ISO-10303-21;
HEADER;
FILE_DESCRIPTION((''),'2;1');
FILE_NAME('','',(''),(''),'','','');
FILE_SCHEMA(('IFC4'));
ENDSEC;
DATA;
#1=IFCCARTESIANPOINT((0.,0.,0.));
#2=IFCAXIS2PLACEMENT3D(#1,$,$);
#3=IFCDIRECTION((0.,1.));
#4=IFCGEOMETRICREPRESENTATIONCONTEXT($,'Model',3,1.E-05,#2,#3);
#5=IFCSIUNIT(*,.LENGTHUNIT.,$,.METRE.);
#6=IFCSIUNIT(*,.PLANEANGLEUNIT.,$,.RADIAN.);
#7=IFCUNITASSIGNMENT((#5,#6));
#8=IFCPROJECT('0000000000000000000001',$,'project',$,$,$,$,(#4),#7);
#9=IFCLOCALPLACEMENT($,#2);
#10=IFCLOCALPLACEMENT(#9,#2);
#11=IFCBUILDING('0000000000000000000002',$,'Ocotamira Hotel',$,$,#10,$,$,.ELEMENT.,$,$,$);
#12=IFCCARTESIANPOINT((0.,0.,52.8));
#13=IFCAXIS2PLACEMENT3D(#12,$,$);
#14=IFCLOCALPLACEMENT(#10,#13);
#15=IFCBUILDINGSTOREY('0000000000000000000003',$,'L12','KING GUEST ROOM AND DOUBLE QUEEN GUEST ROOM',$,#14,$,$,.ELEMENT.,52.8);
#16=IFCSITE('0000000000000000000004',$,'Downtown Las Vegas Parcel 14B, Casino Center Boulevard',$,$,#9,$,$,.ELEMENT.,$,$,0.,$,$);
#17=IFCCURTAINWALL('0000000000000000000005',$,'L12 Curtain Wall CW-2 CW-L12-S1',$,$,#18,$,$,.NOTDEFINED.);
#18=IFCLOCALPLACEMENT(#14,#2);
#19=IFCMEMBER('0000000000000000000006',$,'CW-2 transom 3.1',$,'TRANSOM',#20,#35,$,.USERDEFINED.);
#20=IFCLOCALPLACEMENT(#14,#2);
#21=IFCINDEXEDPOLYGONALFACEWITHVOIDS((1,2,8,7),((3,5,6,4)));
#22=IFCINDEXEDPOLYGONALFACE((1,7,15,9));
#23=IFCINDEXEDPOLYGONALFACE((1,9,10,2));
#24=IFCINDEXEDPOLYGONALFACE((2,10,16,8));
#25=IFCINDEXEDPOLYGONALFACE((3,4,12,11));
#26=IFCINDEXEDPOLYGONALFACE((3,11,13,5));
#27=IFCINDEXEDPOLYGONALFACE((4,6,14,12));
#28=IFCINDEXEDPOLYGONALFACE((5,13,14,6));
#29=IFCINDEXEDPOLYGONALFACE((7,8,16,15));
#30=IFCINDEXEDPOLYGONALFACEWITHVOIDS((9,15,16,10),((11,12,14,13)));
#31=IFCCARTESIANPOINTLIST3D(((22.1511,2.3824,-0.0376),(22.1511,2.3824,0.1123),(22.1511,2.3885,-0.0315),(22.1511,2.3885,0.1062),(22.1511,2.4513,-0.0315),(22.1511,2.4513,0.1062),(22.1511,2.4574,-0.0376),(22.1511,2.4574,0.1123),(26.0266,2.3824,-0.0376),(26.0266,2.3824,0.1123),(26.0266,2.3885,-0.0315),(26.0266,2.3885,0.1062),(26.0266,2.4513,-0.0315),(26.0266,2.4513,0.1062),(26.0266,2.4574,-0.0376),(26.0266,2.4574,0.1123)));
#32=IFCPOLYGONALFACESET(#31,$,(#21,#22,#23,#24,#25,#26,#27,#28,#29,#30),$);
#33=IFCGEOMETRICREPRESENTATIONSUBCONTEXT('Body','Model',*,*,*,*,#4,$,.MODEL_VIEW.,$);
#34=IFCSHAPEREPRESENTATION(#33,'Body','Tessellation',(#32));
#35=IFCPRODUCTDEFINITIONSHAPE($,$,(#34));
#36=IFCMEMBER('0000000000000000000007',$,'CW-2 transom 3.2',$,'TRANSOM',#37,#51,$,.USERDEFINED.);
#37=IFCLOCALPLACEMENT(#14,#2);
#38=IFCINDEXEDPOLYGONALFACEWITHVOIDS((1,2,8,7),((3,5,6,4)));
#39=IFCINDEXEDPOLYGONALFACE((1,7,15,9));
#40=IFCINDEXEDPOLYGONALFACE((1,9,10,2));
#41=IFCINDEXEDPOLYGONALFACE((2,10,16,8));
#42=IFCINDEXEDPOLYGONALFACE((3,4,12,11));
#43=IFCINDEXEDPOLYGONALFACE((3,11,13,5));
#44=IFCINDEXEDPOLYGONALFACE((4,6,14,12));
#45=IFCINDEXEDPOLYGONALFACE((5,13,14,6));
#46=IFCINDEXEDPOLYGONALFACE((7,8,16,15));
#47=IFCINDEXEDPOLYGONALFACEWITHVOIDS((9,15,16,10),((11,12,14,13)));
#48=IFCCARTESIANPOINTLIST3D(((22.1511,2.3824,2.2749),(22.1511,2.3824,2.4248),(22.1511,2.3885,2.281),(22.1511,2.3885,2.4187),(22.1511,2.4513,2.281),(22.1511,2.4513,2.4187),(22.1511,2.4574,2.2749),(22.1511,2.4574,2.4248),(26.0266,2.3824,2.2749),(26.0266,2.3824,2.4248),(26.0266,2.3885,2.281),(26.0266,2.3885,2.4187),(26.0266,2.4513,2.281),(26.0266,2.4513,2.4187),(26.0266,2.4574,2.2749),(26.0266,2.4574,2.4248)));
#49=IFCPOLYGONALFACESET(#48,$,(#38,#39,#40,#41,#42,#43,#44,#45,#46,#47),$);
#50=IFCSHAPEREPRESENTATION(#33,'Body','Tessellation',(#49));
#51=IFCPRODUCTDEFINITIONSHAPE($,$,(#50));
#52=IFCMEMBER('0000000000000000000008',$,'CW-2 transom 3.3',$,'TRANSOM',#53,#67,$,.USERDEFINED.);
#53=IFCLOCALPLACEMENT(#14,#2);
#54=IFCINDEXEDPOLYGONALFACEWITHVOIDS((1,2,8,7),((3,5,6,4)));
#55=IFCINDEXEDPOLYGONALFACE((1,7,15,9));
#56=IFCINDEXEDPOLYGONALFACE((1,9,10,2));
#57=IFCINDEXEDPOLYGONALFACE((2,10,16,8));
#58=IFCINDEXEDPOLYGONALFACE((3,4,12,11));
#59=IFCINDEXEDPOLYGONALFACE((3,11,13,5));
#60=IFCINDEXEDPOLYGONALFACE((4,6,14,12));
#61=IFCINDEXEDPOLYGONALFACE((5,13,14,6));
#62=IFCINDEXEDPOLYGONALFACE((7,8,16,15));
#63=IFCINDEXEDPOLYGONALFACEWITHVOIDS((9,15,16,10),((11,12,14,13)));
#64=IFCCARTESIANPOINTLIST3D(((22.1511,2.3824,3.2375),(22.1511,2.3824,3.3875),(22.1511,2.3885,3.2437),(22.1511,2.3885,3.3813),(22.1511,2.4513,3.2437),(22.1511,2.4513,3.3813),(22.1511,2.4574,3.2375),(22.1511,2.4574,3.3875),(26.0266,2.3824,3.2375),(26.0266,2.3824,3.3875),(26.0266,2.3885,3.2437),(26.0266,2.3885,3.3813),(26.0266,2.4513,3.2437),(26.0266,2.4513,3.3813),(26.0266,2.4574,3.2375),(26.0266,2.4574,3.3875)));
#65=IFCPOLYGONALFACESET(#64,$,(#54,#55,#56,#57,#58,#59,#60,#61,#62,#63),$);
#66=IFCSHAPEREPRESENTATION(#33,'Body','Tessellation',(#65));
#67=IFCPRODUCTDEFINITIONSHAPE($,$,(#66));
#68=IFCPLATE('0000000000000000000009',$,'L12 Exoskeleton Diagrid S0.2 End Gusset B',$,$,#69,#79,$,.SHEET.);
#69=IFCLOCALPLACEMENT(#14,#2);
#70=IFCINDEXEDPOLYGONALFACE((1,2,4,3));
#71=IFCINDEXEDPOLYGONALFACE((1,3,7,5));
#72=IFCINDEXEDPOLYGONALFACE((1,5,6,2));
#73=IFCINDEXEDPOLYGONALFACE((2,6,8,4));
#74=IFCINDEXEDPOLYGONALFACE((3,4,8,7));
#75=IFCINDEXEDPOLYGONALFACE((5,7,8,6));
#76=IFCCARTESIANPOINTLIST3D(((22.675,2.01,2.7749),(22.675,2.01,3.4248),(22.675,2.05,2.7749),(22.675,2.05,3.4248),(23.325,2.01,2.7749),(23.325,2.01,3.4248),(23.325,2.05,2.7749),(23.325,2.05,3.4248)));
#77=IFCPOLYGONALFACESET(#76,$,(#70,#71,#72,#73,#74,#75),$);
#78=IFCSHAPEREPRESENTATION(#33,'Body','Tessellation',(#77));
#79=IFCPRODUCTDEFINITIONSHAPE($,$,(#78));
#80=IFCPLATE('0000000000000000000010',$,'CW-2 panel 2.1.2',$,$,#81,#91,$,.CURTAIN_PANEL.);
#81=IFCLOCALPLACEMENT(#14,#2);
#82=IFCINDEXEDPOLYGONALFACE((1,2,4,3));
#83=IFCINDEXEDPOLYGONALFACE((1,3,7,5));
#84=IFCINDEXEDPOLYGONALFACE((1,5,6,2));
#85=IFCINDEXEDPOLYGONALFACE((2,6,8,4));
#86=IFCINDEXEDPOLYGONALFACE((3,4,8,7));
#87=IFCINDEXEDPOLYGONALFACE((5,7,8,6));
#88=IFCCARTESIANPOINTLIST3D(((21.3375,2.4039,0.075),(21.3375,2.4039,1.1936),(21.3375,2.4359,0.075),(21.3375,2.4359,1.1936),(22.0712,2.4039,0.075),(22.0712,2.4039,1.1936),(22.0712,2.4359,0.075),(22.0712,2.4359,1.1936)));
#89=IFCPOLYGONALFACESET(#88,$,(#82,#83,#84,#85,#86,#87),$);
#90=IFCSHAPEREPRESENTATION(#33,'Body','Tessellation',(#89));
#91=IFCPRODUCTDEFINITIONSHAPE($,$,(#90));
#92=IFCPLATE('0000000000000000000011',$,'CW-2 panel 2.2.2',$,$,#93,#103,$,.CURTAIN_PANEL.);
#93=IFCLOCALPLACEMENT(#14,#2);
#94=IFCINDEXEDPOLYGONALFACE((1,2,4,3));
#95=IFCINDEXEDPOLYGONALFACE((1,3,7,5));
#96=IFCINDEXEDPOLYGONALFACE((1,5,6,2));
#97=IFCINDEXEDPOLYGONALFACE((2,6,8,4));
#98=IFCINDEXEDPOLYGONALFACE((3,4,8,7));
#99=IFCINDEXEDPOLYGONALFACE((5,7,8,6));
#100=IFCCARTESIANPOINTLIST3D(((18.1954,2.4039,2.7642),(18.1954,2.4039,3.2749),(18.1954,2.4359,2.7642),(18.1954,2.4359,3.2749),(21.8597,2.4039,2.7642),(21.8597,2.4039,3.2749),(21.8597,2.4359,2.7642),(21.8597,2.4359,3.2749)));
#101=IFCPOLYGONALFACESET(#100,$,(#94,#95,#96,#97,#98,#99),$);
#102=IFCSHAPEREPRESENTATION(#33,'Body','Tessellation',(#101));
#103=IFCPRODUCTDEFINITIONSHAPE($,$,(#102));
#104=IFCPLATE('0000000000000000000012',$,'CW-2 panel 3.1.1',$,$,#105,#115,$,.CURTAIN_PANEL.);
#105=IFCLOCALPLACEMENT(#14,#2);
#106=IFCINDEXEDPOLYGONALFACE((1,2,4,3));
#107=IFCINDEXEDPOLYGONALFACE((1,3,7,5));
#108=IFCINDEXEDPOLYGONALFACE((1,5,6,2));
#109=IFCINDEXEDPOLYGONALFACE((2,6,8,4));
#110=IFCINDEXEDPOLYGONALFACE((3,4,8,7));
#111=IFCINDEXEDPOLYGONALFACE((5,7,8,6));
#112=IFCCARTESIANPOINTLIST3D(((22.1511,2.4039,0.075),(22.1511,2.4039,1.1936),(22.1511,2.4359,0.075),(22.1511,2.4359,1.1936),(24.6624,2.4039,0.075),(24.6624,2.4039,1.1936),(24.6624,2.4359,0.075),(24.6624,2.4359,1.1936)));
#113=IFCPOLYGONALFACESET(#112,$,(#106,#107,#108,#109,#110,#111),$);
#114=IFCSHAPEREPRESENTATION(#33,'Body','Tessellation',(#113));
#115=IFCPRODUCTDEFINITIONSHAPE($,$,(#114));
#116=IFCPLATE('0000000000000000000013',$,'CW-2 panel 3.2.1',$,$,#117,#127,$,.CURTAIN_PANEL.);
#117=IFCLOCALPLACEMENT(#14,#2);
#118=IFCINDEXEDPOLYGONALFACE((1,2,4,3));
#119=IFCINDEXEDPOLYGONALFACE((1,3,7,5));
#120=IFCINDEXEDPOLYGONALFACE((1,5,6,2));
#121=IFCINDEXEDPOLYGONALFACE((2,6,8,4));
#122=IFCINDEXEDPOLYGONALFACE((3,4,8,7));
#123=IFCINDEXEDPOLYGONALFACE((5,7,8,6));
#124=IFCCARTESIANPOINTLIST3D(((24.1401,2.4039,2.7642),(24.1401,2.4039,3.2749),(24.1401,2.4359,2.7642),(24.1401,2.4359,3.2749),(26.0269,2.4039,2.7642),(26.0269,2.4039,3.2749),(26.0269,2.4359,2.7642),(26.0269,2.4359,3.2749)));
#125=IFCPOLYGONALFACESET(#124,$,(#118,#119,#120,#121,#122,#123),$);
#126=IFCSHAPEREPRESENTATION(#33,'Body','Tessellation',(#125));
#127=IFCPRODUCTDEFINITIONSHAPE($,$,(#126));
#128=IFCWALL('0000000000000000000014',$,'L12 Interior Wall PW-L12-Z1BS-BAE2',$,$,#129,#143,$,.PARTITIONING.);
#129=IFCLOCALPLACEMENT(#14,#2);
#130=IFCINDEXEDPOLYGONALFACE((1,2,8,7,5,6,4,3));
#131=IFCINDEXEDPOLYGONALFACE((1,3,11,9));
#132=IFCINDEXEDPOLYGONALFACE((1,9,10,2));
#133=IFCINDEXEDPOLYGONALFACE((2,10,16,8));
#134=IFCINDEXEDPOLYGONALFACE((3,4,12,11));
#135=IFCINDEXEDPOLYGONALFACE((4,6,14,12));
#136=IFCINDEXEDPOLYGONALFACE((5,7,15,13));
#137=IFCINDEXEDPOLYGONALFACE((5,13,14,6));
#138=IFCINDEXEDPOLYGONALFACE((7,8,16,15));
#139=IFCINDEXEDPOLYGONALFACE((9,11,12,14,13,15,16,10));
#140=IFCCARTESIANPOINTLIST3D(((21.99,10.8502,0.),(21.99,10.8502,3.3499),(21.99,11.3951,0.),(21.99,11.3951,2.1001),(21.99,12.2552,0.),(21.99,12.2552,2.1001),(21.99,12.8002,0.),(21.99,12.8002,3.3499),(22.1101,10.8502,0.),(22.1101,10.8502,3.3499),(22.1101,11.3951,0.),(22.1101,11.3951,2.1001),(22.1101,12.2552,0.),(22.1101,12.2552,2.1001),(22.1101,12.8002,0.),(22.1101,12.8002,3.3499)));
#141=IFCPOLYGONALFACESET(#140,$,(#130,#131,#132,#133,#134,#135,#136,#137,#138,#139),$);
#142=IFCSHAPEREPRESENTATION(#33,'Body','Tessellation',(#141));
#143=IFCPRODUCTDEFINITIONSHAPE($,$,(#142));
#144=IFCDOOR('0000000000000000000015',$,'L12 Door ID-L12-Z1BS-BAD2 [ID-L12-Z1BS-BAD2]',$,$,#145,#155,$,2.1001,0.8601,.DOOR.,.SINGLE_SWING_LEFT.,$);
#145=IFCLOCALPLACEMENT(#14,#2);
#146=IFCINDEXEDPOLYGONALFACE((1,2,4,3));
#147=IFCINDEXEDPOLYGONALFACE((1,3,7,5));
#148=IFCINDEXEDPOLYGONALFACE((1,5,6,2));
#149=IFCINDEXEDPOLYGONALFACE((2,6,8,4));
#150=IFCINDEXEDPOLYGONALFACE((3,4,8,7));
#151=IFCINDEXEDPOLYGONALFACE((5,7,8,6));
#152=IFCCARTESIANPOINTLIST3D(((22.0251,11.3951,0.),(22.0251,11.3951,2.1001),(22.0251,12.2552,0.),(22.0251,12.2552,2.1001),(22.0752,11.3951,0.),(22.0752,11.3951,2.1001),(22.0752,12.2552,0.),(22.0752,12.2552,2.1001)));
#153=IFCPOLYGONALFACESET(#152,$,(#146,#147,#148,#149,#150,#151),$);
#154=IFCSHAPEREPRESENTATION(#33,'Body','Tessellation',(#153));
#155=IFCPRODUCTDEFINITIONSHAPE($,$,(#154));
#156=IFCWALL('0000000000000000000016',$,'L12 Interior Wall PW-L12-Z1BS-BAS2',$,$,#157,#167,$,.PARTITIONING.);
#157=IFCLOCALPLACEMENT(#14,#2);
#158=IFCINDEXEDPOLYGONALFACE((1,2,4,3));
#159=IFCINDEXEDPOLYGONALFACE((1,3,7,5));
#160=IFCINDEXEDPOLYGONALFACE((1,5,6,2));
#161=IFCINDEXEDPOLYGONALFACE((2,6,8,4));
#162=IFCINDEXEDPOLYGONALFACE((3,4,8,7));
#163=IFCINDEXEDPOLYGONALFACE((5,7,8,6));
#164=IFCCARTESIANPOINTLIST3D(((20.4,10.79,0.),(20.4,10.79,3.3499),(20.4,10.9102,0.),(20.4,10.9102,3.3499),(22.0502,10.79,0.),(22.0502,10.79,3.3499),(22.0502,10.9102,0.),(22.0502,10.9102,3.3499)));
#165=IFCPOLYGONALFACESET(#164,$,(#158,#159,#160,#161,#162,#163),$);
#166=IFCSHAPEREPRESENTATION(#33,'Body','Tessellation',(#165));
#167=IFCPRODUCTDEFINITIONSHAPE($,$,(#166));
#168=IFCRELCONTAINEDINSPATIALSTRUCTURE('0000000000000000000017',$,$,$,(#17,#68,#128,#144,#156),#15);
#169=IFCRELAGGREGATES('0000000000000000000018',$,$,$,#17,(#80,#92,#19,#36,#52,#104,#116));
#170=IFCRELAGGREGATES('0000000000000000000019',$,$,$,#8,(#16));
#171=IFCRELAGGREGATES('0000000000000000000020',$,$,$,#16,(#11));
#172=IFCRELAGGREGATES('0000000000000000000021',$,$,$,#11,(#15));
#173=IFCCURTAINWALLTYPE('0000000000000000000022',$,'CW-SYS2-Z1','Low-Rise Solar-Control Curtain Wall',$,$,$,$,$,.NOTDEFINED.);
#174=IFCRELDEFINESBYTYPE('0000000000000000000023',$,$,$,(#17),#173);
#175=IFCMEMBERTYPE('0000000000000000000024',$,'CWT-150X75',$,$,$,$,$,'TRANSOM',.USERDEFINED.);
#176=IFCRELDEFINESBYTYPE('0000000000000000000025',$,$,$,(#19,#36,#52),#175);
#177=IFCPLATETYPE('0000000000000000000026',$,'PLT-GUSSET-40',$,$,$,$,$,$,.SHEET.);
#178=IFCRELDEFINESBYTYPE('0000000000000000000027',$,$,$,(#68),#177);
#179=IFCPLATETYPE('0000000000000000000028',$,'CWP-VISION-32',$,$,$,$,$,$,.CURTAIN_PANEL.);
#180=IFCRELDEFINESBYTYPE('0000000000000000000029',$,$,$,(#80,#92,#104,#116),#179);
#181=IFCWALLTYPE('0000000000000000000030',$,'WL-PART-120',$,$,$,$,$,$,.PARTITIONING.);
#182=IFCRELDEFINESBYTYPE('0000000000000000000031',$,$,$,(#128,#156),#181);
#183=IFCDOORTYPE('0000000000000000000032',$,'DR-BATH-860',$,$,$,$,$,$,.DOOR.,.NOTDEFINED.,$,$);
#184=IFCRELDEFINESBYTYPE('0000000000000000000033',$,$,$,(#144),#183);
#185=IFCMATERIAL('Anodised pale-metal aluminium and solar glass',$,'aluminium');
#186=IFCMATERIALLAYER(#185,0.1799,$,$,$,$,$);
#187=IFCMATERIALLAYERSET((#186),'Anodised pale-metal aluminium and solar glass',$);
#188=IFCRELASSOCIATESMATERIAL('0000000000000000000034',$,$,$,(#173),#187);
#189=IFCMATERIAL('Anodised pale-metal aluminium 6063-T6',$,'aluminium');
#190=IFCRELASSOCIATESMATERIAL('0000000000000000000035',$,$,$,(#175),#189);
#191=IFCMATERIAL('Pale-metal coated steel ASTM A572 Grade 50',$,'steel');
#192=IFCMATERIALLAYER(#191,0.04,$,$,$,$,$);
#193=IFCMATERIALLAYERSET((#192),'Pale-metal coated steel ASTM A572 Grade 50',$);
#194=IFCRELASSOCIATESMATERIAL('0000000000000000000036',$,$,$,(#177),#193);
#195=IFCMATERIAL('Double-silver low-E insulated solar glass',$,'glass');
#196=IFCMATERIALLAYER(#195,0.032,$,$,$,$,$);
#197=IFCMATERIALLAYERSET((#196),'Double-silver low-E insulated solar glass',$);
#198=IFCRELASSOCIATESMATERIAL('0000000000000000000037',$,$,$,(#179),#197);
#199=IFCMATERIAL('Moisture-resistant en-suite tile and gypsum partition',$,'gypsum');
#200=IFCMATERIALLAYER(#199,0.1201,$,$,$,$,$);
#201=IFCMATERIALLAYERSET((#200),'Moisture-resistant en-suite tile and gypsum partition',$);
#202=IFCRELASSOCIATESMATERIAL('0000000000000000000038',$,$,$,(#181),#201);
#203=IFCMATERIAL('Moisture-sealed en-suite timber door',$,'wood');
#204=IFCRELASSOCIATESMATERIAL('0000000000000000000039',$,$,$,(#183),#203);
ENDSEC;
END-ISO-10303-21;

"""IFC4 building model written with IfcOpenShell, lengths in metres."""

from ifc_helpers import new_model, si_unit, direction, frame, frame_2d, origin, origin_2d, place, context, subcontext, project, spatial, rectangle, hollow_rectangle, extrude, source, transform, mapped, material, layer, layer_set, material_profile, profile_set, type_object, element, fill, aggregate, save


model = new_model("IFC4")

# Units and contexts
model_context = context("Model", 3, precision=1e-05, world=origin(), true_north=direction((0.0, 1.0)))
body_context = subcontext(model_context, "Body", "Model", "MODEL_VIEW")
ifc_project = project(units=[si_unit("LENGTHUNIT", "METRE"), si_unit("PLANEANGLEUNIT", "RADIAN")], contexts=[model_context])

# Site, building, storey
site_placement = place(None, origin())
site = spatial("IfcSite", under=ifc_project, at=site_placement, Name="Downtown Las Vegas Parcel 14B, Casino Center Boulevard", CompositionType="ELEMENT", RefElevation=0.0)
building_placement = place(site_placement, origin())
building = spatial("IfcBuilding", under=site, at=building_placement, Name="Ocotamira Hotel", CompositionType="ELEMENT")
storey_placement = place(building_placement, frame((0.0, 0.0, 52.8)))
storey = spatial("IfcBuildingStorey", under=building, at=storey_placement, Name="L12", Description="KING GUEST ROOM AND DOUBLE QUEEN GUEST ROOM", CompositionType="ELEMENT", Elevation=52.8)

# Curtain wall, members
ifc_material_1 = material(Name="Anodised pale-metal aluminium and solar glass", Category="aluminium")
ifc_layer_1 = layer(ifc_material_1, 0.1799)
ifc_layer_set_1 = layer_set([ifc_layer_1], Name="Anodised pale-metal aluminium and solar glass")
curtain_wall_type = type_object("IfcCurtainWallType", Name="CW-SYS2-Z1", Description="Low-Rise Solar-Control Curtain Wall", PredefinedType="NOTDEFINED", material=ifc_layer_set_1)
curtain_wall_placement = place(storey_placement, origin())
curtain_wall = element("IfcCurtainWall", 1, at=curtain_wall_placement, inside=storey, type_object=curtain_wall_type, Name="L12 Curtain Wall CW-2 CW-L12-S1", PredefinedType="NOTDEFINED")
ifc_material_2 = material(Name="Anodised pale-metal aluminium 6063-T6", Category="aluminium")
ifc_material_profile_1 = material_profile(ifc_material_2, hollow_rectangle(XDim=0.075, YDim=0.1499, WallThickness=0.0061, at=origin_2d()), Name="HSS150X75X6")
ifc_profile_set_1 = profile_set([ifc_material_profile_1], Name="Anodised pale-metal aluminium 6063-T6")
member_type_1 = type_object("IfcMemberType", Name="CWT-150X75", ElementType="TRANSOM", PredefinedType="USERDEFINED", material=ifc_profile_set_1)
shared_shape_1 = source(origin(), body_context, "Body", "SweptSolid", [
    extrude(hollow_rectangle(XDim=0.075, YDim=0.1499, WallThickness=0.0061, at=origin_2d()), origin(), (0.0, 0.0, 1.0), 3.8755),
])
member_1_placement = place(storey_placement, frame((22.1511, 2.4199, 0.0374), z_axis=(1.0, 0.0, 0.0), x_axis=(0.0, 1.0, 0.0)))
member_1 = element("IfcMember", 2, at=member_1_placement, type_object=member_type_1, Name="CW-2 transom 3.1", ObjectType="TRANSOM", PredefinedType="USERDEFINED", context=body_context, shape_type="MappedRepresentation", body=[
    mapped(shared_shape_1, transform((0.0, 0.0, 0.0), scale=1.0)),
])
member_2_placement = place(storey_placement, frame((22.1511, 2.4199, 2.3499), z_axis=(1.0, 0.0, 0.0), x_axis=(0.0, 1.0, 0.0)))
member_2 = element("IfcMember", 3, at=member_2_placement, type_object=member_type_1, Name="CW-2 transom 3.2", ObjectType="TRANSOM", PredefinedType="USERDEFINED", context=body_context, shape_type="MappedRepresentation", body=[
    mapped(shared_shape_1, transform((0.0, 0.0, 0.0), scale=1.0)),
])
member_3_placement = place(storey_placement, frame((22.1511, 2.4199, 3.3125), z_axis=(1.0, 0.0, 0.0), x_axis=(0.0, 1.0, 0.0)))
member_3 = element("IfcMember", 4, at=member_3_placement, type_object=member_type_1, Name="CW-2 transom 3.3", ObjectType="TRANSOM", PredefinedType="USERDEFINED", context=body_context, shape_type="MappedRepresentation", body=[
    mapped(shared_shape_1, transform((0.0, 0.0, 0.0), scale=1.0)),
])

# Plates
ifc_material_3 = material(Name="Pale-metal coated steel ASTM A572 Grade 50", Category="steel")
ifc_layer_2 = layer(ifc_material_3, 0.04)
ifc_layer_set_2 = layer_set([ifc_layer_2], Name="Pale-metal coated steel ASTM A572 Grade 50")
plate_type_1 = type_object("IfcPlateType", Name="PLT-GUSSET-40", PredefinedType="SHEET", material=ifc_layer_set_2)
shared_shape_2 = source(origin(), body_context, "Body", "SweptSolid", [
    extrude(rectangle(XDim=0.6499, YDim=0.04, at=origin_2d()), origin(), (0.0, 0.0, 1.0), 0.6499),
])
plate_1_placement = place(storey_placement, frame((23.0, 2.03, 2.7749), z_axis=(0.0, 0.0, 1.0), x_axis=(1.0, 0.0, 0.0)))
element("IfcPlate", 5, at=plate_1_placement, inside=storey, type_object=plate_type_1, Name="L12 Exoskeleton Diagrid S0.2 End Gusset B", PredefinedType="SHEET", context=body_context, shape_type="MappedRepresentation", body=[
    mapped(shared_shape_2, transform((0.0, 0.0, 0.0), scale=1.0)),
])
ifc_material_4 = material(Name="Double-silver low-E insulated solar glass", Category="glass")
ifc_layer_3 = layer(ifc_material_4, 0.032)
ifc_layer_set_3 = layer_set([ifc_layer_3], Name="Double-silver low-E insulated solar glass")
plate_type_2 = type_object("IfcPlateType", Name="CWP-VISION-32", PredefinedType="CURTAIN_PANEL", material=ifc_layer_set_3)
shared_shape_3 = source(origin(), body_context, "Body", "SweptSolid", [
    extrude(rectangle(XDim=0.7336, YDim=0.032, at=origin_2d()), origin(), (0.0, 0.0, 1.0), 1.1187),
])
plate_2_placement = place(storey_placement, frame((21.7043, 2.4199, 0.075), z_axis=(0.0, 0.0, 1.0), x_axis=(1.0, 0.0, 0.0)))
plate_2 = element("IfcPlate", 6, at=plate_2_placement, type_object=plate_type_2, Name="CW-2 panel 2.1.2", PredefinedType="CURTAIN_PANEL", context=body_context, shape_type="MappedRepresentation", body=[
    mapped(shared_shape_3, transform((0.0, 0.0, 0.0), scale=1.0)),
])
shared_shape_4 = source(origin(), body_context, "Body", "SweptSolid", [
    extrude(rectangle(XDim=3.6643, YDim=0.032, at=origin_2d()), origin(), (0.0, 0.0, 1.0), 0.5107),
])
plate_3_placement = place(storey_placement, frame((20.0276, 2.4199, 2.7642), z_axis=(0.0, 0.0, 1.0), x_axis=(1.0, 0.0, 0.0)))
plate_3 = element("IfcPlate", 7, at=plate_3_placement, type_object=plate_type_2, Name="CW-2 panel 2.2.2", PredefinedType="CURTAIN_PANEL", context=body_context, shape_type="MappedRepresentation", body=[
    mapped(shared_shape_4, transform((0.0, 0.0, 0.0), scale=1.0)),
])
shared_shape_5 = source(origin(), body_context, "Body", "SweptSolid", [
    extrude(rectangle(XDim=2.5112, YDim=0.032, at=origin_2d()), origin(), (0.0, 0.0, 1.0), 1.1187),
])
plate_4_placement = place(storey_placement, frame((23.4067, 2.4199, 0.075), z_axis=(0.0, 0.0, 1.0), x_axis=(1.0, 0.0, 0.0)))
plate_4 = element("IfcPlate", 8, at=plate_4_placement, type_object=plate_type_2, Name="CW-2 panel 3.1.1", PredefinedType="CURTAIN_PANEL", context=body_context, shape_type="MappedRepresentation", body=[
    mapped(shared_shape_5, transform((0.0, 0.0, 0.0), scale=1.0)),
])
shared_shape_6 = source(origin(), body_context, "Body", "SweptSolid", [
    extrude(rectangle(XDim=1.8867, YDim=0.032, at=origin_2d()), origin(), (0.0, 0.0, 1.0), 0.5107),
])
plate_5_placement = place(storey_placement, frame((25.0835, 2.4199, 2.7642), z_axis=(0.0, 0.0, 1.0), x_axis=(1.0, 0.0, 0.0)))
plate_5 = element("IfcPlate", 9, at=plate_5_placement, type_object=plate_type_2, Name="CW-2 panel 3.2.1", PredefinedType="CURTAIN_PANEL", context=body_context, shape_type="MappedRepresentation", body=[
    mapped(shared_shape_6, transform((0.0, 0.0, 0.0), scale=1.0)),
])
aggregate(curtain_wall, [plate_2, plate_3, member_1, member_2, member_3, plate_4, plate_5])

# Wall, opening, door
ifc_material_5 = material(Name="Moisture-resistant en-suite tile and gypsum partition", Category="gypsum")
ifc_layer_4 = layer(ifc_material_5, 0.1201)
ifc_layer_set_4 = layer_set([ifc_layer_4], Name="Moisture-resistant en-suite tile and gypsum partition")
wall_type_1 = type_object("IfcWallType", Name="WL-PART-120", PredefinedType="PARTITIONING", material=ifc_layer_set_4)
wall_1_placement = place(storey_placement, frame((22.05, 10.8501, 0.0), z_axis=(0.0, 0.0, 1.0), x_axis=(0.0, 1.0, 0.0)))
wall_1 = element("IfcWall", 10, at=wall_1_placement, inside=storey, type_object=wall_type_1, Name="L12 Interior Wall PW-L12-Z1BS-BAE2", PredefinedType="PARTITIONING", context=body_context, shape_type="SweptSolid", body=[
    extrude(rectangle(XDim=1.95, YDim=0.1201, at=frame_2d((0.9751, 0.0))), origin(), (0.0, 0.0, 1.0), 3.3499),
])
opening_placement = place(wall_1_placement, frame((0.5449, 0.0, 0.0)))
opening = element("IfcOpeningElement", 11, at=opening_placement, cuts=wall_1, PredefinedType="OPENING", context=body_context, shape_type="SweptSolid", body=[
    extrude(rectangle(XDim=0.8601, YDim=2.1001, at=frame_2d((0.4302, 1.05))), frame((0.0, 0.0701, 0.0), z_axis=(0.0, -1.0, 0.0), x_axis=(1.0, 0.0, 0.0)), (0.0, 0.0, 1.0), 0.1401),
])
ifc_material_6 = material(Name="Moisture-sealed en-suite timber door", Category="wood")
door_type = type_object("IfcDoorType", Name="DR-BATH-860", OperationType="NOTDEFINED", PredefinedType="DOOR", material=ifc_material_6)
shared_shape_7 = source(origin(), body_context, "Body", "SweptSolid", [
    extrude(rectangle(XDim=0.8601, YDim=2.1001, at=frame_2d((0.4302, 1.05))), frame((0.0, 0.0249, 0.0), z_axis=(0.0, -1.0, 0.0), x_axis=(1.0, 0.0, 0.0)), (0.0, 0.0, 1.0), 0.05),
])
door_placement = place(opening_placement, origin())
door = element("IfcDoor", 12, at=door_placement, inside=storey, type_object=door_type, Name="L12 Door ID-L12-Z1BS-BAD2 [ID-L12-Z1BS-BAD2]", OperationType="SINGLE_SWING_LEFT", OverallHeight=2.1001, OverallWidth=0.8601, PredefinedType="DOOR", context=body_context, shape_type="MappedRepresentation", body=[
    mapped(shared_shape_7, transform((0.0, 0.0, 0.0), scale=1.0)),
])
fill(opening, door)

# Wall
wall_2_placement = place(storey_placement, frame((20.3999, 10.8501, 0.0), z_axis=(0.0, 0.0, 1.0), x_axis=(1.0, 0.0, 0.0)))
element("IfcWall", 13, at=wall_2_placement, inside=storey, type_object=wall_type_1, Name="L12 Interior Wall PW-L12-Z1BS-BAS2", PredefinedType="PARTITIONING", context=body_context, shape_type="SweptSolid", body=[
    extrude(rectangle(XDim=1.6501, YDim=0.1201, at=frame_2d((0.8252, 0.0))), origin(), (0.0, 0.0, 1.0), 3.3499),
])

save(model, "model.ifc")
